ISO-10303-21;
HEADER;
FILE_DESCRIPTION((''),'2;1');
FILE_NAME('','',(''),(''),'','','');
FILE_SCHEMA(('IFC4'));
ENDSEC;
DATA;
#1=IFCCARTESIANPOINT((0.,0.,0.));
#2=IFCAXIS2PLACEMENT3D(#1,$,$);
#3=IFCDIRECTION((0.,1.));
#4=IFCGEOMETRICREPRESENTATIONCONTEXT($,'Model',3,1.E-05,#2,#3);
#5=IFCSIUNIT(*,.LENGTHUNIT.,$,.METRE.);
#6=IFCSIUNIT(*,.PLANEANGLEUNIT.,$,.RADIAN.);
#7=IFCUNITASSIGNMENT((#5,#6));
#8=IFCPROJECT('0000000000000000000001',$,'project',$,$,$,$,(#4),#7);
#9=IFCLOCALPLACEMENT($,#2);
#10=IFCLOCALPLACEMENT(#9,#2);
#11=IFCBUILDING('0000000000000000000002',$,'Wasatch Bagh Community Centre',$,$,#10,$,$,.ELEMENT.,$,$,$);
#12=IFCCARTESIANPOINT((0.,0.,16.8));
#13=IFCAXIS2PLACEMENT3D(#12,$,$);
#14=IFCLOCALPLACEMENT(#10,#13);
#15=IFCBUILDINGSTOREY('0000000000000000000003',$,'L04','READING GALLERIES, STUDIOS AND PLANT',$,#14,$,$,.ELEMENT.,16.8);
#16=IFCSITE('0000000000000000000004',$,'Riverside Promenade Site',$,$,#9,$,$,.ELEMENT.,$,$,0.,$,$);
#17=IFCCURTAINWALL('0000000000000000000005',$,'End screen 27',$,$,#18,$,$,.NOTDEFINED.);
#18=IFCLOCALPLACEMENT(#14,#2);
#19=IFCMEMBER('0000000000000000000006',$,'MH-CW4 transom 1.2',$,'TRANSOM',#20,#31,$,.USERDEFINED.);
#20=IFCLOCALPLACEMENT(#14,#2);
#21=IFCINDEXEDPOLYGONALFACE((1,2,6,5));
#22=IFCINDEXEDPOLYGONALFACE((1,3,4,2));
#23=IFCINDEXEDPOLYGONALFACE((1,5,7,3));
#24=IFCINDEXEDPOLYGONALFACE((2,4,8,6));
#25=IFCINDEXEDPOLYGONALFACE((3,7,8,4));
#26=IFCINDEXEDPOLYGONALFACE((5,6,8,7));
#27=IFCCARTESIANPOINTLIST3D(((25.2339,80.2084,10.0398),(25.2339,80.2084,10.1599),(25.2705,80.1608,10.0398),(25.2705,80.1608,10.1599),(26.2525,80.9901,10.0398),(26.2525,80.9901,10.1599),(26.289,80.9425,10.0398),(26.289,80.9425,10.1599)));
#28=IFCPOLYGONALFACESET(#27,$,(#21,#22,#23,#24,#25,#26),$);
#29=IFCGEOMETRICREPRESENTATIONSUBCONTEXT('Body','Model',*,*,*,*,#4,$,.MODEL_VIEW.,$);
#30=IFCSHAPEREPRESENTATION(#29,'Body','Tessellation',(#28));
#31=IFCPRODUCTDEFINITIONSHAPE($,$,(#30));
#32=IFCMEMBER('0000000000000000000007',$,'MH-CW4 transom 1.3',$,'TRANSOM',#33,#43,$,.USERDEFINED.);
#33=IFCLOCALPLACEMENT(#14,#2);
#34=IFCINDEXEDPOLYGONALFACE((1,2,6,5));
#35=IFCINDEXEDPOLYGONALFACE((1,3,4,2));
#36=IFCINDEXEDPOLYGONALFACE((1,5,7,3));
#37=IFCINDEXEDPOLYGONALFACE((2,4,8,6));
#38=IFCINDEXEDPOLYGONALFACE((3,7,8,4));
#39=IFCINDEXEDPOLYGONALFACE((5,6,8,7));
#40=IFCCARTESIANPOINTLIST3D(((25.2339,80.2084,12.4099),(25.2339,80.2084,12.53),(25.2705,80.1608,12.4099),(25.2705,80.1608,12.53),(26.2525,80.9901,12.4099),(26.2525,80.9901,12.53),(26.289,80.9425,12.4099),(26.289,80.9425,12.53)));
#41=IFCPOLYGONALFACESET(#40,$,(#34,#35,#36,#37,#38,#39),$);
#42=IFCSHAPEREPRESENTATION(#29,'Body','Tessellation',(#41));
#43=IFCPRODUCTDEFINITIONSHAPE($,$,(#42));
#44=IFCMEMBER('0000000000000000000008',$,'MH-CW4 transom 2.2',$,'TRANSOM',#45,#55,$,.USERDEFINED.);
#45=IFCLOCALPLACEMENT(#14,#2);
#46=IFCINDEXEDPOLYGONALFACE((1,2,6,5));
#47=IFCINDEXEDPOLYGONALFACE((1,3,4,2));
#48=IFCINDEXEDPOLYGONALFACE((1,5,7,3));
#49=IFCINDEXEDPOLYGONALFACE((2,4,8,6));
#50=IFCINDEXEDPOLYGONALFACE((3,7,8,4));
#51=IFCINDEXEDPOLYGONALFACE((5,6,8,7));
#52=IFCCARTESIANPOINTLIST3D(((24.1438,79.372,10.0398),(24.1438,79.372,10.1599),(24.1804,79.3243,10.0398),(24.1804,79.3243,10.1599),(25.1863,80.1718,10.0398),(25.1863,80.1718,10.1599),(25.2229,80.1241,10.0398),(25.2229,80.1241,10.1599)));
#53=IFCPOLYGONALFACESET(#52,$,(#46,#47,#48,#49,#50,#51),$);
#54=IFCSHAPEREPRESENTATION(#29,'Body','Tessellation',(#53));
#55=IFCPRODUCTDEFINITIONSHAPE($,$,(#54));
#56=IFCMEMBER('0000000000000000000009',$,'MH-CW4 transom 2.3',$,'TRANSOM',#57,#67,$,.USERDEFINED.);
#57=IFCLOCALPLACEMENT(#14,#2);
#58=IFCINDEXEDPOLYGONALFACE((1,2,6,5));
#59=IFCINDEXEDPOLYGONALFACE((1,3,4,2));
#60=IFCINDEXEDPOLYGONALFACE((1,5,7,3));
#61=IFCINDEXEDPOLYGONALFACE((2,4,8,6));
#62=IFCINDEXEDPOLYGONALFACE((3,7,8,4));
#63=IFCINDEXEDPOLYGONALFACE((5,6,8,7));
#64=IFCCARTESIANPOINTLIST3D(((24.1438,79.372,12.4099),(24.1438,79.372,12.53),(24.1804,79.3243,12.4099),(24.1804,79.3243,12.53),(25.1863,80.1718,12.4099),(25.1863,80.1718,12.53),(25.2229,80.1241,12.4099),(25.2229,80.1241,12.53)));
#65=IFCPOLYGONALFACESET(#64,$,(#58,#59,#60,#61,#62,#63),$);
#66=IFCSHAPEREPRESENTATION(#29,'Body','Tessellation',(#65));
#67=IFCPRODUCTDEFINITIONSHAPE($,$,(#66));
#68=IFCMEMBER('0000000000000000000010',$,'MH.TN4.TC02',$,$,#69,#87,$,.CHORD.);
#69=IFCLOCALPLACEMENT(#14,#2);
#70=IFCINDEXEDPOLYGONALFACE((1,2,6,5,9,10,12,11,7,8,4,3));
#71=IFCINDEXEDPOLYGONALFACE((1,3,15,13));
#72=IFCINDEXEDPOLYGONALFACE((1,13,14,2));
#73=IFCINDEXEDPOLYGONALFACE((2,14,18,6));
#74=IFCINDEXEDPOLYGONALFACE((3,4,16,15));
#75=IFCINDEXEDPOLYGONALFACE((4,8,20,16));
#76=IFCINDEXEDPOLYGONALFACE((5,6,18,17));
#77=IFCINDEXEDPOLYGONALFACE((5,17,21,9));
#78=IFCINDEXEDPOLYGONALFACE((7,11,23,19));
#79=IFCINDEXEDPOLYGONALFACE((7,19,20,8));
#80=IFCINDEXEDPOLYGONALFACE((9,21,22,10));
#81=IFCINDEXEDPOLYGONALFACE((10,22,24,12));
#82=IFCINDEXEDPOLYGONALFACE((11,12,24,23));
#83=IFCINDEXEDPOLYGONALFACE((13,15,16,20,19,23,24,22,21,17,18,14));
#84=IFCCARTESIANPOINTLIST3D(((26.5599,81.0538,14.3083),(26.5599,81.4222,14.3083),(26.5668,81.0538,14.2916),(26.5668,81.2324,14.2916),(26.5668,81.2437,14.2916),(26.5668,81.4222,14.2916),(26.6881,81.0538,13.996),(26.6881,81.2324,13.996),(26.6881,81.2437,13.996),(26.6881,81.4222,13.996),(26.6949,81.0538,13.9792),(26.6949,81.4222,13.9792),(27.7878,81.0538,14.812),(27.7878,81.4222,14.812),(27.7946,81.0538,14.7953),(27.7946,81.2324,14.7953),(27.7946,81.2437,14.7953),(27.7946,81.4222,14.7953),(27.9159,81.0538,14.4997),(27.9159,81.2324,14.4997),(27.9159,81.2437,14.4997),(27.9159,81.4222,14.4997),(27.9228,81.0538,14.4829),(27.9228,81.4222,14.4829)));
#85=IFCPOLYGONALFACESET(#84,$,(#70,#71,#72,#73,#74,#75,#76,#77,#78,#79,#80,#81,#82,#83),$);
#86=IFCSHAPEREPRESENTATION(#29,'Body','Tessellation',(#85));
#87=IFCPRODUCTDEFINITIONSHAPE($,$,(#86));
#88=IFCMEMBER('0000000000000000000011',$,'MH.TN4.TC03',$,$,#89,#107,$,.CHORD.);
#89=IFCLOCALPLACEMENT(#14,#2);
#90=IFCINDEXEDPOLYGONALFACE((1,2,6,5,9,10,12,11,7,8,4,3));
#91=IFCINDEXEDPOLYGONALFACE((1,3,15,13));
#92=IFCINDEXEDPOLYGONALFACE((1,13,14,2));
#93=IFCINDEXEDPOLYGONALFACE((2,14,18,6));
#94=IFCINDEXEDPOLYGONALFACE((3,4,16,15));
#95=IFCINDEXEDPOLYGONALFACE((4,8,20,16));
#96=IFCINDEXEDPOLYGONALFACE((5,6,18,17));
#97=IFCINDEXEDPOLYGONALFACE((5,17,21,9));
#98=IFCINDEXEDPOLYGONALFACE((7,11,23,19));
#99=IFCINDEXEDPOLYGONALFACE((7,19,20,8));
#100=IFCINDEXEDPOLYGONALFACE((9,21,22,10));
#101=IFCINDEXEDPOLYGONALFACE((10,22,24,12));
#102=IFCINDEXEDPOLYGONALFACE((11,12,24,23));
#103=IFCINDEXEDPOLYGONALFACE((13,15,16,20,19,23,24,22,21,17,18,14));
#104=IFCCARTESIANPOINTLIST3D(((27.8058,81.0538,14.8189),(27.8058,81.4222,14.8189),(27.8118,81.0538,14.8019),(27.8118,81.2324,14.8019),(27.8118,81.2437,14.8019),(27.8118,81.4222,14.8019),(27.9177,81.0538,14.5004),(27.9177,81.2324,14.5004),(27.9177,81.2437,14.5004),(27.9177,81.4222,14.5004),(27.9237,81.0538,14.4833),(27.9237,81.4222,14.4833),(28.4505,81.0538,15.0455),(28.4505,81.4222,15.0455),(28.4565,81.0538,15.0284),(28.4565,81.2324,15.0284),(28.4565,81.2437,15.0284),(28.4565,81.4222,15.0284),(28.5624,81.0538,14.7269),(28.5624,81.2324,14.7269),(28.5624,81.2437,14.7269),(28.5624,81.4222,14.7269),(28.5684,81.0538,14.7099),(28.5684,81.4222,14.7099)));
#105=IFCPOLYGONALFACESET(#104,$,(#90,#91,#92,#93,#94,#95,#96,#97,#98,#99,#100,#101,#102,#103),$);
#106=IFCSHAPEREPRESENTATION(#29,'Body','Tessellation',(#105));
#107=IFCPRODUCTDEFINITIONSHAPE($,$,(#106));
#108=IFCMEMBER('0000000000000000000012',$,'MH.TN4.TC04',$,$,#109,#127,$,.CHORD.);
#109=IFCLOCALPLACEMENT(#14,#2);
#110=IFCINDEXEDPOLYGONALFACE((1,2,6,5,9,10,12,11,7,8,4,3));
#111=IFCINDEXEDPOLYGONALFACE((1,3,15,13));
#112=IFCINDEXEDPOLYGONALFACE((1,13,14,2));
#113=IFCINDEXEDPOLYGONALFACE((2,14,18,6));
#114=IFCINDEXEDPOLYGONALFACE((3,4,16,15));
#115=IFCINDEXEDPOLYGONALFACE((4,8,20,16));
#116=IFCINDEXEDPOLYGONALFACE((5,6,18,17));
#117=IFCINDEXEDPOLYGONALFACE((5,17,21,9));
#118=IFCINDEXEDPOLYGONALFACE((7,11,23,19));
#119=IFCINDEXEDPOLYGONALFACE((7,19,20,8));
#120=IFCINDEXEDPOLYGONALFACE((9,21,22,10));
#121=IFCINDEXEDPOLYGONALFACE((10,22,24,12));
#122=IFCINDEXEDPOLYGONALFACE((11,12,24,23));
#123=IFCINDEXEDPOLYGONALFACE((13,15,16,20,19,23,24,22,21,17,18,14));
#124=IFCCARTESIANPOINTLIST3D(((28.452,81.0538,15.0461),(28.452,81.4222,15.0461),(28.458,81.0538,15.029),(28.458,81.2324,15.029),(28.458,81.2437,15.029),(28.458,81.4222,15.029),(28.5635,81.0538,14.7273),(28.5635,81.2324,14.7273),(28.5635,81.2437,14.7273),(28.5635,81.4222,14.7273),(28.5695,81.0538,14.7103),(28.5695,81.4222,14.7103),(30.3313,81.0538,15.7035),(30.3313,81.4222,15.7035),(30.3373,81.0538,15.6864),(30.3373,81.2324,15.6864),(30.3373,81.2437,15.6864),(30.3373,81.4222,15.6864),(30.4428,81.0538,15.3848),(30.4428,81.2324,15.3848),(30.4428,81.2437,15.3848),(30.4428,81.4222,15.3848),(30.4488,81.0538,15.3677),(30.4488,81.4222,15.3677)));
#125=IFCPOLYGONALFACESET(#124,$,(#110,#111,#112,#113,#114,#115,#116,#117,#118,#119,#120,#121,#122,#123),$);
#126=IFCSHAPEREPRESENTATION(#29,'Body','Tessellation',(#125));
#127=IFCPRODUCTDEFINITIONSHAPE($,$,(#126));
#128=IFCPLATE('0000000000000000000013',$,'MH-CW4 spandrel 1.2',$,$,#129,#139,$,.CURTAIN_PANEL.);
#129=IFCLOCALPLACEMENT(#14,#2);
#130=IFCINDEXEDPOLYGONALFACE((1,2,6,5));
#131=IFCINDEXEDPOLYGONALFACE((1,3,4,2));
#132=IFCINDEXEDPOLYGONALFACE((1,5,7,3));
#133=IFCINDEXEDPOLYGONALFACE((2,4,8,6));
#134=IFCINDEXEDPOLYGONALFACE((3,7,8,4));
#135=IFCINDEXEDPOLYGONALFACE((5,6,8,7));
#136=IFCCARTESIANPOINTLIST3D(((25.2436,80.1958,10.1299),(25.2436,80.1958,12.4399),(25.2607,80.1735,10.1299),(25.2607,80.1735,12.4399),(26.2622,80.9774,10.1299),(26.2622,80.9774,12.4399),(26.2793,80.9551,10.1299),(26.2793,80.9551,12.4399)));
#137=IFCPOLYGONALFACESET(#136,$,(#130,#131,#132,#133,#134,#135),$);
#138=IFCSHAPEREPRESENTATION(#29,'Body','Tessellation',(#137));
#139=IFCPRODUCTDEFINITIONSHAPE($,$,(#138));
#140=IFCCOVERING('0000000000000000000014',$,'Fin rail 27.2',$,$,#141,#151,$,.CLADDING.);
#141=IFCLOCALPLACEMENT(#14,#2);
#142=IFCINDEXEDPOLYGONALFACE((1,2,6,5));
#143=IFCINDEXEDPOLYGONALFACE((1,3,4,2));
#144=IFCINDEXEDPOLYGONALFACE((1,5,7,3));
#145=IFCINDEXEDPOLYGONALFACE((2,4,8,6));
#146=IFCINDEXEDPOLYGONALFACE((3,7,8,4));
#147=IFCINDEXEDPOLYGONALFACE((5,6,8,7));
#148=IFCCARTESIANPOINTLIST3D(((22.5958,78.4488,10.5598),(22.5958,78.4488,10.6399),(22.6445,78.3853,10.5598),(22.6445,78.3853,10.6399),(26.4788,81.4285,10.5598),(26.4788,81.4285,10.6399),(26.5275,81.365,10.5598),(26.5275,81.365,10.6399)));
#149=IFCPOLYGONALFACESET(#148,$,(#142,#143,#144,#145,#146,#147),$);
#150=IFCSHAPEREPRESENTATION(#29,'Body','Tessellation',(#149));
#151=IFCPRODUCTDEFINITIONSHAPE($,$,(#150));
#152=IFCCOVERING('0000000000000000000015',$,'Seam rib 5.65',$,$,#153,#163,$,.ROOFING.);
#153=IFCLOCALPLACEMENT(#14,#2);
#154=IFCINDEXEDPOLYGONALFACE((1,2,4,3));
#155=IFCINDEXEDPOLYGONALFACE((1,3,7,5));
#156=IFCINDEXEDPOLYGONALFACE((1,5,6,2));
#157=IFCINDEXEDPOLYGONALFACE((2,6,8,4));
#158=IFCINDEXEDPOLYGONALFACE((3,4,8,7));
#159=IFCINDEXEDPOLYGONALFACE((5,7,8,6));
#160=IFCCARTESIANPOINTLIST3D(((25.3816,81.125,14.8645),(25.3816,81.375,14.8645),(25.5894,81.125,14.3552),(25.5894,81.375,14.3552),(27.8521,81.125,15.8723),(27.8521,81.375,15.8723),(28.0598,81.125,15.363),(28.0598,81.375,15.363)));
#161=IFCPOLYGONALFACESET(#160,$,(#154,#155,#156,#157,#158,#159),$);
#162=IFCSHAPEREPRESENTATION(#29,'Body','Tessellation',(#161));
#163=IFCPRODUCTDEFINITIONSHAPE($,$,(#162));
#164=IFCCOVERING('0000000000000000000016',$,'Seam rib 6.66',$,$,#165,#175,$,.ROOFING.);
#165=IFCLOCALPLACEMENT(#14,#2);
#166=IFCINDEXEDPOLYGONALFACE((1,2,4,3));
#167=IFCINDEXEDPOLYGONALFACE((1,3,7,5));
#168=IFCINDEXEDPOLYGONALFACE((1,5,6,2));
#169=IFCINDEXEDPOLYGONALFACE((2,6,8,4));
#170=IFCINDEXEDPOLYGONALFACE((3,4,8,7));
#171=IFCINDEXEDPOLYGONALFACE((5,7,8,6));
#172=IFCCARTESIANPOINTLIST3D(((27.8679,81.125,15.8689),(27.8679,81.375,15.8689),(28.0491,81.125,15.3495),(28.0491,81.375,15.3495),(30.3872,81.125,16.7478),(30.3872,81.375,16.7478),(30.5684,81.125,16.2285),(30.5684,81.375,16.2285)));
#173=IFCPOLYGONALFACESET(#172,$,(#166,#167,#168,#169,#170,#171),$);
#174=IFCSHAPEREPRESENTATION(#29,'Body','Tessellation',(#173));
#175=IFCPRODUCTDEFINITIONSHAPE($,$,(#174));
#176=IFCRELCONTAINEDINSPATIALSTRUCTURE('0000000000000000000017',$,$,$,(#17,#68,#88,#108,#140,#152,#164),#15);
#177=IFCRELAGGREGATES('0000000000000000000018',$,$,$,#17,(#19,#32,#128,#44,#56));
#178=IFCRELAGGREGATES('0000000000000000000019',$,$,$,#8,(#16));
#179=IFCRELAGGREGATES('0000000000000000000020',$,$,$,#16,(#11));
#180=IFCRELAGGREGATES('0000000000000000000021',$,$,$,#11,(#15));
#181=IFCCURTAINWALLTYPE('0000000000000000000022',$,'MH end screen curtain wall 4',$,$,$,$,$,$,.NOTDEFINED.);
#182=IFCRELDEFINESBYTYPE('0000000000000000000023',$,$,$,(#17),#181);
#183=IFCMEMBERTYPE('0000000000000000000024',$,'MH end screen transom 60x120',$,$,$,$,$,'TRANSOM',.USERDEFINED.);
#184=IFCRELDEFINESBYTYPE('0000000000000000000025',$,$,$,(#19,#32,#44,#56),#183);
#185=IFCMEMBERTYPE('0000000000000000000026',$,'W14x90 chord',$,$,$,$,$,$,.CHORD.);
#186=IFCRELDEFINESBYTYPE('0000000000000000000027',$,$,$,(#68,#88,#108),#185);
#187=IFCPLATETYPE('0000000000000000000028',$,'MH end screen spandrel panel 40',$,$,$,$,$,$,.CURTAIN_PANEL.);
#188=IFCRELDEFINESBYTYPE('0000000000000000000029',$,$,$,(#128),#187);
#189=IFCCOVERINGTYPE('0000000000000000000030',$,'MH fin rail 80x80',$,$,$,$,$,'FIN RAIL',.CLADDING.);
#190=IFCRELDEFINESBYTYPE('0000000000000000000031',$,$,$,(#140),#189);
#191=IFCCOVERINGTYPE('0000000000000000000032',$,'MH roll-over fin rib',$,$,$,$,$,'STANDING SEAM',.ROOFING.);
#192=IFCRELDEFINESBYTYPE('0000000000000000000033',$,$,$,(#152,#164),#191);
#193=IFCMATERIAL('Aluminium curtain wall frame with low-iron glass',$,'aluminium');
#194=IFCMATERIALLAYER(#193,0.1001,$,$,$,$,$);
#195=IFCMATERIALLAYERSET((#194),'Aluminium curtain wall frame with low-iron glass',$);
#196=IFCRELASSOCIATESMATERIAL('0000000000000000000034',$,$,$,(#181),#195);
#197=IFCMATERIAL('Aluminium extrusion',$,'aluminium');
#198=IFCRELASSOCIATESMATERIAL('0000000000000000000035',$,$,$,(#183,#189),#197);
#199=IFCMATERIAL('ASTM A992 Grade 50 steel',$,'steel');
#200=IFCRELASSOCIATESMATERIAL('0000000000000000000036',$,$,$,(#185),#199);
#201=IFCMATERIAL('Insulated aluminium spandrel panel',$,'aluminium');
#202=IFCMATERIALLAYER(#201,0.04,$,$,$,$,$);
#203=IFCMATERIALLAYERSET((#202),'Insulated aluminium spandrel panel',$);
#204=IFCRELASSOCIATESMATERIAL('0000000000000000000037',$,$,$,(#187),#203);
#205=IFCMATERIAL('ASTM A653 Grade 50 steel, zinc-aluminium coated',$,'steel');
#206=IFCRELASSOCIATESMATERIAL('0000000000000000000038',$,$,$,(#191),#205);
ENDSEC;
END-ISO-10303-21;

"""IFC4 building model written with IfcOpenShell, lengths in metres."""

from ifc_helpers import new_model, si_unit, direction, frame, origin, origin_2d, place, context, subcontext, project, spatial, polyline, rectangle, i_section, outline, extrude, material, layer, layer_set, material_profile, profile_set, type_object, element, aggregate, save


model = new_model("IFC4")

# Units and contexts
model_context = context("Model", 3, precision=1e-05, world=origin(), true_north=direction((0.0, 1.0)))
body_context = subcontext(model_context, "Body", "Model", "MODEL_VIEW")
ifc_project = project(units=[si_unit("LENGTHUNIT", "METRE"), si_unit("PLANEANGLEUNIT", "RADIAN")], contexts=[model_context])

# Site, building, storey
site_placement = place(None, origin())
site = spatial("IfcSite", under=ifc_project, at=site_placement, Name="Riverside Promenade Site", CompositionType="ELEMENT", RefElevation=0.0)
building_placement = place(site_placement, origin())
building = spatial("IfcBuilding", under=site, at=building_placement, Name="Wasatch Bagh Community Centre", CompositionType="ELEMENT")
storey_placement = place(building_placement, frame((0.0, 0.0, 16.8)))
storey = spatial("IfcBuildingStorey", under=building, at=storey_placement, Name="L04", Description="READING GALLERIES, STUDIOS AND PLANT", CompositionType="ELEMENT", Elevation=16.8)

# Curtain wall, members
ifc_material_1 = material(Name="Aluminium curtain wall frame with low-iron glass", Category="aluminium")
ifc_layer_1 = layer(ifc_material_1, 0.1001)
ifc_layer_set_1 = layer_set([ifc_layer_1], Name="Aluminium curtain wall frame with low-iron glass")
curtain_wall_type = type_object("IfcCurtainWallType", Name="MH end screen curtain wall 4", PredefinedType="NOTDEFINED", material=ifc_layer_set_1)
curtain_wall_placement = place(storey_placement, origin())
curtain_wall = element("IfcCurtainWall", 1, at=curtain_wall_placement, inside=storey, type_object=curtain_wall_type, Name="End screen 27", PredefinedType="NOTDEFINED")
ifc_material_2 = material(Name="Aluminium extrusion", Category="aluminium")
ifc_material_profile_1 = material_profile(ifc_material_2, rectangle(XDim=0.0601, YDim=0.1201, at=origin_2d()), Name="AL 60x120")
ifc_profile_set_1 = profile_set([ifc_material_profile_1], Name="Aluminium extrusion")
member_type_1 = type_object("IfcMemberType", Name="MH end screen transom 60x120", ElementType="TRANSOM", PredefinedType="USERDEFINED", material=ifc_profile_set_1)
member_1_placement = place(storey_placement, frame((26.2708, 80.9663, 10.0999), z_axis=(-0.793288, -0.608847, 0.0), x_axis=(0.608847, -0.793288, 0.0)))
member_1 = element("IfcMember", 2, at=member_1_placement, type_object=member_type_1, Name="MH-CW4 transom 1.2", ObjectType="TRANSOM", PredefinedType="USERDEFINED", context=body_context, shape_type="SweptSolid", body=[
    extrude(rectangle(XDim=0.0601, YDim=0.1201, at=origin_2d()), origin(), (0.0, 0.0, 1.0), 1.2839),
])
member_2_placement = place(storey_placement, frame((26.2708, 80.9663, 12.47), z_axis=(-0.793288, -0.608847, 0.0), x_axis=(0.608847, -0.793288, 0.0)))
member_2 = element("IfcMember", 3, at=member_2_placement, type_object=member_type_1, Name="MH-CW4 transom 1.3", ObjectType="TRANSOM", PredefinedType="USERDEFINED", context=body_context, shape_type="SweptSolid", body=[
    extrude(rectangle(XDim=0.0601, YDim=0.1201, at=origin_2d()), origin(), (0.0, 0.0, 1.0), 1.2839),
])
member_3_placement = place(storey_placement, frame((25.2046, 80.1479, 10.0999), z_axis=(-0.793397, -0.608705, 0.0), x_axis=(0.608705, -0.793397, 0.0)))
member_3 = element("IfcMember", 4, at=member_3_placement, type_object=member_type_1, Name="MH-CW4 transom 2.2", ObjectType="TRANSOM", PredefinedType="USERDEFINED", context=body_context, shape_type="SweptSolid", body=[
    extrude(rectangle(XDim=0.0601, YDim=0.1201, at=origin_2d()), origin(), (0.0, 0.0, 1.0), 1.314),
])
member_4_placement = place(storey_placement, frame((25.2046, 80.1479, 12.47), z_axis=(-0.793397, -0.608705, 0.0), x_axis=(0.608705, -0.793397, 0.0)))
member_4 = element("IfcMember", 5, at=member_4_placement, type_object=member_type_1, Name="MH-CW4 transom 2.3", ObjectType="TRANSOM", PredefinedType="USERDEFINED", context=body_context, shape_type="SweptSolid", body=[
    extrude(rectangle(XDim=0.0601, YDim=0.1201, at=origin_2d()), origin(), (0.0, 0.0, 1.0), 1.314),
])

# Members
ifc_material_3 = material(Name="ASTM A992 Grade 50 steel", Category="steel")
ifc_material_profile_2 = material_profile(ifc_material_3, i_section(OverallWidth=0.3684, OverallDepth=0.3557, WebThickness=0.0112, FlangeThickness=0.0181, at=origin_2d()), Name="W14x90")
ifc_profile_set_2 = profile_set([ifc_material_profile_2], Name="ASTM A992 Grade 50 steel")
member_type_2 = type_object("IfcMemberType", Name="W14x90 chord", PredefinedType="CHORD", material=ifc_profile_set_2)
member_5_placement = place(storey_placement, frame((26.6274, 81.238, 14.1438), z_axis=(0.92518, 0.0, 0.379528), x_axis=(0.0, 1.0, 0.0)))
element("IfcMember", 6, at=member_5_placement, inside=storey, type_object=member_type_2, Name="MH.TN4.TC02", PredefinedType="CHORD", context=body_context, shape_type="SweptSolid", body=[
    extrude(i_section(OverallWidth=0.3684, OverallDepth=0.3557, WebThickness=0.0112, FlangeThickness=0.0181, at=origin_2d()), origin(), (0.0, 0.0, 1.0), 1.3271),
])
member_6_placement = place(storey_placement, frame((27.8647, 81.238, 14.6511), z_axis=(0.943451, 0.0, 0.331512), x_axis=(0.0, 1.0, 0.0)))
element("IfcMember", 7, at=member_6_placement, inside=storey, type_object=member_type_2, Name="MH.TN4.TC03", PredefinedType="CHORD", context=body_context, shape_type="SweptSolid", body=[
    extrude(i_section(OverallWidth=0.3684, OverallDepth=0.3557, WebThickness=0.0112, FlangeThickness=0.0181, at=origin_2d()), origin(), (0.0, 0.0, 1.0), 0.6833),
])
member_7_placement = place(storey_placement, frame((28.5107, 81.238, 14.8782), z_axis=(0.943908, 0.0, 0.330208), x_axis=(0.0, 1.0, 0.0)))
element("IfcMember", 8, at=member_7_placement, inside=storey, type_object=member_type_2, Name="MH.TN4.TC04", PredefinedType="CHORD", context=body_context, shape_type="SweptSolid", body=[
    extrude(i_section(OverallWidth=0.3684, OverallDepth=0.3557, WebThickness=0.0112, FlangeThickness=0.0181, at=origin_2d()), origin(), (0.0, 0.0, 1.0), 1.991),
])

# Plate
ifc_material_4 = material(Name="Insulated aluminium spandrel panel", Category="aluminium")
ifc_layer_2 = layer(ifc_material_4, 0.04)
ifc_layer_set_2 = layer_set([ifc_layer_2], Name="Insulated aluminium spandrel panel")
plate_type = type_object("IfcPlateType", Name="MH end screen spandrel panel 40", PredefinedType="CURTAIN_PANEL", material=ifc_layer_set_2)
plate_placement = place(storey_placement, frame((25.7615, 80.5754, 10.1299), z_axis=(0.0, 0.0, 1.0), x_axis=(-0.793353, -0.608761, 0.0)))
plate = element("IfcPlate", 9, at=plate_placement, type_object=plate_type, Name="MH-CW4 spandrel 1.2", PredefinedType="CURTAIN_PANEL", context=body_context, shape_type="SweptSolid", body=[
    extrude(rectangle(XDim=1.2839, YDim=0.0281, at=origin_2d()), origin(), (0.0, 0.0, 1.0), 2.3101),
])
aggregate(curtain_wall, [member_1, member_2, plate, member_3, member_4])

# Coverings
ifc_material_5 = material(Name="ASTM A653 Grade 50 steel, zinc-aluminium coated", Category="steel")
ifc_material_profile_3 = material_profile(ifc_material_2, rectangle(XDim=0.0801, YDim=0.0801, at=origin_2d()), Name="AL 80x80")
ifc_profile_set_3 = profile_set([ifc_material_profile_3], Name="Aluminium extrusion")
covering_type_1 = type_object("IfcCoveringType", Name="MH fin rail 80x80", ElementType="FIN RAIL", PredefinedType="CLADDING", material=ifc_profile_set_3)
covering_1_placement = place(storey_placement, frame((26.5032, 81.3967, 10.5999), z_axis=(-0.793337, -0.608782, 0.0), x_axis=(0.608782, -0.793337, 0.0)))
element("IfcCovering", 10, at=covering_1_placement, inside=storey, type_object=covering_type_1, Name="Fin rail 27.2", PredefinedType="CLADDING", context=body_context, shape_type="SweptSolid", body=[
    extrude(rectangle(XDim=0.0801, YDim=0.0801, at=origin_2d()), origin(), (0.0, 0.0, 1.0), 4.8945),
])
covering_type_2 = type_object("IfcCoveringType", Name="MH roll-over fin rib", ElementType="STANDING SEAM", PredefinedType="ROOFING", material=ifc_material_5)
covering_2_placement = place(storey_placement, frame((25.3816, 81.125, 14.8645), z_axis=(-0.377724, 0.0, 0.925918), x_axis=(0.925918, 0.0, 0.377724)))
element("IfcCovering", 11, at=covering_2_placement, inside=storey, type_object=covering_type_2, Name="Seam rib 5.65", PredefinedType="ROOFING", context=body_context, shape_type="SweptSolid", body=[
    extrude(outline(polyline([(0.0, 0.0), (2.6681, 0.0), (2.6681, 0.25), (0.0, 0.25), (0.0, 0.0)])), origin(), (0.0, 0.0, -1.0), 0.55),
])
covering_3_placement = place(storey_placement, frame((27.8679, 81.125, 15.8689), z_axis=(-0.329401, 0.0, 0.94419), x_axis=(0.94419, 0.0, 0.329401)))
element("IfcCovering", 12, at=covering_3_placement, inside=storey, type_object=covering_type_2, Name="Seam rib 6.66", PredefinedType="ROOFING", context=body_context, shape_type="SweptSolid", body=[
    extrude(outline(polyline([(0.0, 0.0), (2.6682, 0.0), (2.6682, 0.25), (0.0, 0.25), (0.0, 0.0)])), origin(), (0.0, 0.0, -1.0), 0.55),
])

save(model, "model.ifc")
